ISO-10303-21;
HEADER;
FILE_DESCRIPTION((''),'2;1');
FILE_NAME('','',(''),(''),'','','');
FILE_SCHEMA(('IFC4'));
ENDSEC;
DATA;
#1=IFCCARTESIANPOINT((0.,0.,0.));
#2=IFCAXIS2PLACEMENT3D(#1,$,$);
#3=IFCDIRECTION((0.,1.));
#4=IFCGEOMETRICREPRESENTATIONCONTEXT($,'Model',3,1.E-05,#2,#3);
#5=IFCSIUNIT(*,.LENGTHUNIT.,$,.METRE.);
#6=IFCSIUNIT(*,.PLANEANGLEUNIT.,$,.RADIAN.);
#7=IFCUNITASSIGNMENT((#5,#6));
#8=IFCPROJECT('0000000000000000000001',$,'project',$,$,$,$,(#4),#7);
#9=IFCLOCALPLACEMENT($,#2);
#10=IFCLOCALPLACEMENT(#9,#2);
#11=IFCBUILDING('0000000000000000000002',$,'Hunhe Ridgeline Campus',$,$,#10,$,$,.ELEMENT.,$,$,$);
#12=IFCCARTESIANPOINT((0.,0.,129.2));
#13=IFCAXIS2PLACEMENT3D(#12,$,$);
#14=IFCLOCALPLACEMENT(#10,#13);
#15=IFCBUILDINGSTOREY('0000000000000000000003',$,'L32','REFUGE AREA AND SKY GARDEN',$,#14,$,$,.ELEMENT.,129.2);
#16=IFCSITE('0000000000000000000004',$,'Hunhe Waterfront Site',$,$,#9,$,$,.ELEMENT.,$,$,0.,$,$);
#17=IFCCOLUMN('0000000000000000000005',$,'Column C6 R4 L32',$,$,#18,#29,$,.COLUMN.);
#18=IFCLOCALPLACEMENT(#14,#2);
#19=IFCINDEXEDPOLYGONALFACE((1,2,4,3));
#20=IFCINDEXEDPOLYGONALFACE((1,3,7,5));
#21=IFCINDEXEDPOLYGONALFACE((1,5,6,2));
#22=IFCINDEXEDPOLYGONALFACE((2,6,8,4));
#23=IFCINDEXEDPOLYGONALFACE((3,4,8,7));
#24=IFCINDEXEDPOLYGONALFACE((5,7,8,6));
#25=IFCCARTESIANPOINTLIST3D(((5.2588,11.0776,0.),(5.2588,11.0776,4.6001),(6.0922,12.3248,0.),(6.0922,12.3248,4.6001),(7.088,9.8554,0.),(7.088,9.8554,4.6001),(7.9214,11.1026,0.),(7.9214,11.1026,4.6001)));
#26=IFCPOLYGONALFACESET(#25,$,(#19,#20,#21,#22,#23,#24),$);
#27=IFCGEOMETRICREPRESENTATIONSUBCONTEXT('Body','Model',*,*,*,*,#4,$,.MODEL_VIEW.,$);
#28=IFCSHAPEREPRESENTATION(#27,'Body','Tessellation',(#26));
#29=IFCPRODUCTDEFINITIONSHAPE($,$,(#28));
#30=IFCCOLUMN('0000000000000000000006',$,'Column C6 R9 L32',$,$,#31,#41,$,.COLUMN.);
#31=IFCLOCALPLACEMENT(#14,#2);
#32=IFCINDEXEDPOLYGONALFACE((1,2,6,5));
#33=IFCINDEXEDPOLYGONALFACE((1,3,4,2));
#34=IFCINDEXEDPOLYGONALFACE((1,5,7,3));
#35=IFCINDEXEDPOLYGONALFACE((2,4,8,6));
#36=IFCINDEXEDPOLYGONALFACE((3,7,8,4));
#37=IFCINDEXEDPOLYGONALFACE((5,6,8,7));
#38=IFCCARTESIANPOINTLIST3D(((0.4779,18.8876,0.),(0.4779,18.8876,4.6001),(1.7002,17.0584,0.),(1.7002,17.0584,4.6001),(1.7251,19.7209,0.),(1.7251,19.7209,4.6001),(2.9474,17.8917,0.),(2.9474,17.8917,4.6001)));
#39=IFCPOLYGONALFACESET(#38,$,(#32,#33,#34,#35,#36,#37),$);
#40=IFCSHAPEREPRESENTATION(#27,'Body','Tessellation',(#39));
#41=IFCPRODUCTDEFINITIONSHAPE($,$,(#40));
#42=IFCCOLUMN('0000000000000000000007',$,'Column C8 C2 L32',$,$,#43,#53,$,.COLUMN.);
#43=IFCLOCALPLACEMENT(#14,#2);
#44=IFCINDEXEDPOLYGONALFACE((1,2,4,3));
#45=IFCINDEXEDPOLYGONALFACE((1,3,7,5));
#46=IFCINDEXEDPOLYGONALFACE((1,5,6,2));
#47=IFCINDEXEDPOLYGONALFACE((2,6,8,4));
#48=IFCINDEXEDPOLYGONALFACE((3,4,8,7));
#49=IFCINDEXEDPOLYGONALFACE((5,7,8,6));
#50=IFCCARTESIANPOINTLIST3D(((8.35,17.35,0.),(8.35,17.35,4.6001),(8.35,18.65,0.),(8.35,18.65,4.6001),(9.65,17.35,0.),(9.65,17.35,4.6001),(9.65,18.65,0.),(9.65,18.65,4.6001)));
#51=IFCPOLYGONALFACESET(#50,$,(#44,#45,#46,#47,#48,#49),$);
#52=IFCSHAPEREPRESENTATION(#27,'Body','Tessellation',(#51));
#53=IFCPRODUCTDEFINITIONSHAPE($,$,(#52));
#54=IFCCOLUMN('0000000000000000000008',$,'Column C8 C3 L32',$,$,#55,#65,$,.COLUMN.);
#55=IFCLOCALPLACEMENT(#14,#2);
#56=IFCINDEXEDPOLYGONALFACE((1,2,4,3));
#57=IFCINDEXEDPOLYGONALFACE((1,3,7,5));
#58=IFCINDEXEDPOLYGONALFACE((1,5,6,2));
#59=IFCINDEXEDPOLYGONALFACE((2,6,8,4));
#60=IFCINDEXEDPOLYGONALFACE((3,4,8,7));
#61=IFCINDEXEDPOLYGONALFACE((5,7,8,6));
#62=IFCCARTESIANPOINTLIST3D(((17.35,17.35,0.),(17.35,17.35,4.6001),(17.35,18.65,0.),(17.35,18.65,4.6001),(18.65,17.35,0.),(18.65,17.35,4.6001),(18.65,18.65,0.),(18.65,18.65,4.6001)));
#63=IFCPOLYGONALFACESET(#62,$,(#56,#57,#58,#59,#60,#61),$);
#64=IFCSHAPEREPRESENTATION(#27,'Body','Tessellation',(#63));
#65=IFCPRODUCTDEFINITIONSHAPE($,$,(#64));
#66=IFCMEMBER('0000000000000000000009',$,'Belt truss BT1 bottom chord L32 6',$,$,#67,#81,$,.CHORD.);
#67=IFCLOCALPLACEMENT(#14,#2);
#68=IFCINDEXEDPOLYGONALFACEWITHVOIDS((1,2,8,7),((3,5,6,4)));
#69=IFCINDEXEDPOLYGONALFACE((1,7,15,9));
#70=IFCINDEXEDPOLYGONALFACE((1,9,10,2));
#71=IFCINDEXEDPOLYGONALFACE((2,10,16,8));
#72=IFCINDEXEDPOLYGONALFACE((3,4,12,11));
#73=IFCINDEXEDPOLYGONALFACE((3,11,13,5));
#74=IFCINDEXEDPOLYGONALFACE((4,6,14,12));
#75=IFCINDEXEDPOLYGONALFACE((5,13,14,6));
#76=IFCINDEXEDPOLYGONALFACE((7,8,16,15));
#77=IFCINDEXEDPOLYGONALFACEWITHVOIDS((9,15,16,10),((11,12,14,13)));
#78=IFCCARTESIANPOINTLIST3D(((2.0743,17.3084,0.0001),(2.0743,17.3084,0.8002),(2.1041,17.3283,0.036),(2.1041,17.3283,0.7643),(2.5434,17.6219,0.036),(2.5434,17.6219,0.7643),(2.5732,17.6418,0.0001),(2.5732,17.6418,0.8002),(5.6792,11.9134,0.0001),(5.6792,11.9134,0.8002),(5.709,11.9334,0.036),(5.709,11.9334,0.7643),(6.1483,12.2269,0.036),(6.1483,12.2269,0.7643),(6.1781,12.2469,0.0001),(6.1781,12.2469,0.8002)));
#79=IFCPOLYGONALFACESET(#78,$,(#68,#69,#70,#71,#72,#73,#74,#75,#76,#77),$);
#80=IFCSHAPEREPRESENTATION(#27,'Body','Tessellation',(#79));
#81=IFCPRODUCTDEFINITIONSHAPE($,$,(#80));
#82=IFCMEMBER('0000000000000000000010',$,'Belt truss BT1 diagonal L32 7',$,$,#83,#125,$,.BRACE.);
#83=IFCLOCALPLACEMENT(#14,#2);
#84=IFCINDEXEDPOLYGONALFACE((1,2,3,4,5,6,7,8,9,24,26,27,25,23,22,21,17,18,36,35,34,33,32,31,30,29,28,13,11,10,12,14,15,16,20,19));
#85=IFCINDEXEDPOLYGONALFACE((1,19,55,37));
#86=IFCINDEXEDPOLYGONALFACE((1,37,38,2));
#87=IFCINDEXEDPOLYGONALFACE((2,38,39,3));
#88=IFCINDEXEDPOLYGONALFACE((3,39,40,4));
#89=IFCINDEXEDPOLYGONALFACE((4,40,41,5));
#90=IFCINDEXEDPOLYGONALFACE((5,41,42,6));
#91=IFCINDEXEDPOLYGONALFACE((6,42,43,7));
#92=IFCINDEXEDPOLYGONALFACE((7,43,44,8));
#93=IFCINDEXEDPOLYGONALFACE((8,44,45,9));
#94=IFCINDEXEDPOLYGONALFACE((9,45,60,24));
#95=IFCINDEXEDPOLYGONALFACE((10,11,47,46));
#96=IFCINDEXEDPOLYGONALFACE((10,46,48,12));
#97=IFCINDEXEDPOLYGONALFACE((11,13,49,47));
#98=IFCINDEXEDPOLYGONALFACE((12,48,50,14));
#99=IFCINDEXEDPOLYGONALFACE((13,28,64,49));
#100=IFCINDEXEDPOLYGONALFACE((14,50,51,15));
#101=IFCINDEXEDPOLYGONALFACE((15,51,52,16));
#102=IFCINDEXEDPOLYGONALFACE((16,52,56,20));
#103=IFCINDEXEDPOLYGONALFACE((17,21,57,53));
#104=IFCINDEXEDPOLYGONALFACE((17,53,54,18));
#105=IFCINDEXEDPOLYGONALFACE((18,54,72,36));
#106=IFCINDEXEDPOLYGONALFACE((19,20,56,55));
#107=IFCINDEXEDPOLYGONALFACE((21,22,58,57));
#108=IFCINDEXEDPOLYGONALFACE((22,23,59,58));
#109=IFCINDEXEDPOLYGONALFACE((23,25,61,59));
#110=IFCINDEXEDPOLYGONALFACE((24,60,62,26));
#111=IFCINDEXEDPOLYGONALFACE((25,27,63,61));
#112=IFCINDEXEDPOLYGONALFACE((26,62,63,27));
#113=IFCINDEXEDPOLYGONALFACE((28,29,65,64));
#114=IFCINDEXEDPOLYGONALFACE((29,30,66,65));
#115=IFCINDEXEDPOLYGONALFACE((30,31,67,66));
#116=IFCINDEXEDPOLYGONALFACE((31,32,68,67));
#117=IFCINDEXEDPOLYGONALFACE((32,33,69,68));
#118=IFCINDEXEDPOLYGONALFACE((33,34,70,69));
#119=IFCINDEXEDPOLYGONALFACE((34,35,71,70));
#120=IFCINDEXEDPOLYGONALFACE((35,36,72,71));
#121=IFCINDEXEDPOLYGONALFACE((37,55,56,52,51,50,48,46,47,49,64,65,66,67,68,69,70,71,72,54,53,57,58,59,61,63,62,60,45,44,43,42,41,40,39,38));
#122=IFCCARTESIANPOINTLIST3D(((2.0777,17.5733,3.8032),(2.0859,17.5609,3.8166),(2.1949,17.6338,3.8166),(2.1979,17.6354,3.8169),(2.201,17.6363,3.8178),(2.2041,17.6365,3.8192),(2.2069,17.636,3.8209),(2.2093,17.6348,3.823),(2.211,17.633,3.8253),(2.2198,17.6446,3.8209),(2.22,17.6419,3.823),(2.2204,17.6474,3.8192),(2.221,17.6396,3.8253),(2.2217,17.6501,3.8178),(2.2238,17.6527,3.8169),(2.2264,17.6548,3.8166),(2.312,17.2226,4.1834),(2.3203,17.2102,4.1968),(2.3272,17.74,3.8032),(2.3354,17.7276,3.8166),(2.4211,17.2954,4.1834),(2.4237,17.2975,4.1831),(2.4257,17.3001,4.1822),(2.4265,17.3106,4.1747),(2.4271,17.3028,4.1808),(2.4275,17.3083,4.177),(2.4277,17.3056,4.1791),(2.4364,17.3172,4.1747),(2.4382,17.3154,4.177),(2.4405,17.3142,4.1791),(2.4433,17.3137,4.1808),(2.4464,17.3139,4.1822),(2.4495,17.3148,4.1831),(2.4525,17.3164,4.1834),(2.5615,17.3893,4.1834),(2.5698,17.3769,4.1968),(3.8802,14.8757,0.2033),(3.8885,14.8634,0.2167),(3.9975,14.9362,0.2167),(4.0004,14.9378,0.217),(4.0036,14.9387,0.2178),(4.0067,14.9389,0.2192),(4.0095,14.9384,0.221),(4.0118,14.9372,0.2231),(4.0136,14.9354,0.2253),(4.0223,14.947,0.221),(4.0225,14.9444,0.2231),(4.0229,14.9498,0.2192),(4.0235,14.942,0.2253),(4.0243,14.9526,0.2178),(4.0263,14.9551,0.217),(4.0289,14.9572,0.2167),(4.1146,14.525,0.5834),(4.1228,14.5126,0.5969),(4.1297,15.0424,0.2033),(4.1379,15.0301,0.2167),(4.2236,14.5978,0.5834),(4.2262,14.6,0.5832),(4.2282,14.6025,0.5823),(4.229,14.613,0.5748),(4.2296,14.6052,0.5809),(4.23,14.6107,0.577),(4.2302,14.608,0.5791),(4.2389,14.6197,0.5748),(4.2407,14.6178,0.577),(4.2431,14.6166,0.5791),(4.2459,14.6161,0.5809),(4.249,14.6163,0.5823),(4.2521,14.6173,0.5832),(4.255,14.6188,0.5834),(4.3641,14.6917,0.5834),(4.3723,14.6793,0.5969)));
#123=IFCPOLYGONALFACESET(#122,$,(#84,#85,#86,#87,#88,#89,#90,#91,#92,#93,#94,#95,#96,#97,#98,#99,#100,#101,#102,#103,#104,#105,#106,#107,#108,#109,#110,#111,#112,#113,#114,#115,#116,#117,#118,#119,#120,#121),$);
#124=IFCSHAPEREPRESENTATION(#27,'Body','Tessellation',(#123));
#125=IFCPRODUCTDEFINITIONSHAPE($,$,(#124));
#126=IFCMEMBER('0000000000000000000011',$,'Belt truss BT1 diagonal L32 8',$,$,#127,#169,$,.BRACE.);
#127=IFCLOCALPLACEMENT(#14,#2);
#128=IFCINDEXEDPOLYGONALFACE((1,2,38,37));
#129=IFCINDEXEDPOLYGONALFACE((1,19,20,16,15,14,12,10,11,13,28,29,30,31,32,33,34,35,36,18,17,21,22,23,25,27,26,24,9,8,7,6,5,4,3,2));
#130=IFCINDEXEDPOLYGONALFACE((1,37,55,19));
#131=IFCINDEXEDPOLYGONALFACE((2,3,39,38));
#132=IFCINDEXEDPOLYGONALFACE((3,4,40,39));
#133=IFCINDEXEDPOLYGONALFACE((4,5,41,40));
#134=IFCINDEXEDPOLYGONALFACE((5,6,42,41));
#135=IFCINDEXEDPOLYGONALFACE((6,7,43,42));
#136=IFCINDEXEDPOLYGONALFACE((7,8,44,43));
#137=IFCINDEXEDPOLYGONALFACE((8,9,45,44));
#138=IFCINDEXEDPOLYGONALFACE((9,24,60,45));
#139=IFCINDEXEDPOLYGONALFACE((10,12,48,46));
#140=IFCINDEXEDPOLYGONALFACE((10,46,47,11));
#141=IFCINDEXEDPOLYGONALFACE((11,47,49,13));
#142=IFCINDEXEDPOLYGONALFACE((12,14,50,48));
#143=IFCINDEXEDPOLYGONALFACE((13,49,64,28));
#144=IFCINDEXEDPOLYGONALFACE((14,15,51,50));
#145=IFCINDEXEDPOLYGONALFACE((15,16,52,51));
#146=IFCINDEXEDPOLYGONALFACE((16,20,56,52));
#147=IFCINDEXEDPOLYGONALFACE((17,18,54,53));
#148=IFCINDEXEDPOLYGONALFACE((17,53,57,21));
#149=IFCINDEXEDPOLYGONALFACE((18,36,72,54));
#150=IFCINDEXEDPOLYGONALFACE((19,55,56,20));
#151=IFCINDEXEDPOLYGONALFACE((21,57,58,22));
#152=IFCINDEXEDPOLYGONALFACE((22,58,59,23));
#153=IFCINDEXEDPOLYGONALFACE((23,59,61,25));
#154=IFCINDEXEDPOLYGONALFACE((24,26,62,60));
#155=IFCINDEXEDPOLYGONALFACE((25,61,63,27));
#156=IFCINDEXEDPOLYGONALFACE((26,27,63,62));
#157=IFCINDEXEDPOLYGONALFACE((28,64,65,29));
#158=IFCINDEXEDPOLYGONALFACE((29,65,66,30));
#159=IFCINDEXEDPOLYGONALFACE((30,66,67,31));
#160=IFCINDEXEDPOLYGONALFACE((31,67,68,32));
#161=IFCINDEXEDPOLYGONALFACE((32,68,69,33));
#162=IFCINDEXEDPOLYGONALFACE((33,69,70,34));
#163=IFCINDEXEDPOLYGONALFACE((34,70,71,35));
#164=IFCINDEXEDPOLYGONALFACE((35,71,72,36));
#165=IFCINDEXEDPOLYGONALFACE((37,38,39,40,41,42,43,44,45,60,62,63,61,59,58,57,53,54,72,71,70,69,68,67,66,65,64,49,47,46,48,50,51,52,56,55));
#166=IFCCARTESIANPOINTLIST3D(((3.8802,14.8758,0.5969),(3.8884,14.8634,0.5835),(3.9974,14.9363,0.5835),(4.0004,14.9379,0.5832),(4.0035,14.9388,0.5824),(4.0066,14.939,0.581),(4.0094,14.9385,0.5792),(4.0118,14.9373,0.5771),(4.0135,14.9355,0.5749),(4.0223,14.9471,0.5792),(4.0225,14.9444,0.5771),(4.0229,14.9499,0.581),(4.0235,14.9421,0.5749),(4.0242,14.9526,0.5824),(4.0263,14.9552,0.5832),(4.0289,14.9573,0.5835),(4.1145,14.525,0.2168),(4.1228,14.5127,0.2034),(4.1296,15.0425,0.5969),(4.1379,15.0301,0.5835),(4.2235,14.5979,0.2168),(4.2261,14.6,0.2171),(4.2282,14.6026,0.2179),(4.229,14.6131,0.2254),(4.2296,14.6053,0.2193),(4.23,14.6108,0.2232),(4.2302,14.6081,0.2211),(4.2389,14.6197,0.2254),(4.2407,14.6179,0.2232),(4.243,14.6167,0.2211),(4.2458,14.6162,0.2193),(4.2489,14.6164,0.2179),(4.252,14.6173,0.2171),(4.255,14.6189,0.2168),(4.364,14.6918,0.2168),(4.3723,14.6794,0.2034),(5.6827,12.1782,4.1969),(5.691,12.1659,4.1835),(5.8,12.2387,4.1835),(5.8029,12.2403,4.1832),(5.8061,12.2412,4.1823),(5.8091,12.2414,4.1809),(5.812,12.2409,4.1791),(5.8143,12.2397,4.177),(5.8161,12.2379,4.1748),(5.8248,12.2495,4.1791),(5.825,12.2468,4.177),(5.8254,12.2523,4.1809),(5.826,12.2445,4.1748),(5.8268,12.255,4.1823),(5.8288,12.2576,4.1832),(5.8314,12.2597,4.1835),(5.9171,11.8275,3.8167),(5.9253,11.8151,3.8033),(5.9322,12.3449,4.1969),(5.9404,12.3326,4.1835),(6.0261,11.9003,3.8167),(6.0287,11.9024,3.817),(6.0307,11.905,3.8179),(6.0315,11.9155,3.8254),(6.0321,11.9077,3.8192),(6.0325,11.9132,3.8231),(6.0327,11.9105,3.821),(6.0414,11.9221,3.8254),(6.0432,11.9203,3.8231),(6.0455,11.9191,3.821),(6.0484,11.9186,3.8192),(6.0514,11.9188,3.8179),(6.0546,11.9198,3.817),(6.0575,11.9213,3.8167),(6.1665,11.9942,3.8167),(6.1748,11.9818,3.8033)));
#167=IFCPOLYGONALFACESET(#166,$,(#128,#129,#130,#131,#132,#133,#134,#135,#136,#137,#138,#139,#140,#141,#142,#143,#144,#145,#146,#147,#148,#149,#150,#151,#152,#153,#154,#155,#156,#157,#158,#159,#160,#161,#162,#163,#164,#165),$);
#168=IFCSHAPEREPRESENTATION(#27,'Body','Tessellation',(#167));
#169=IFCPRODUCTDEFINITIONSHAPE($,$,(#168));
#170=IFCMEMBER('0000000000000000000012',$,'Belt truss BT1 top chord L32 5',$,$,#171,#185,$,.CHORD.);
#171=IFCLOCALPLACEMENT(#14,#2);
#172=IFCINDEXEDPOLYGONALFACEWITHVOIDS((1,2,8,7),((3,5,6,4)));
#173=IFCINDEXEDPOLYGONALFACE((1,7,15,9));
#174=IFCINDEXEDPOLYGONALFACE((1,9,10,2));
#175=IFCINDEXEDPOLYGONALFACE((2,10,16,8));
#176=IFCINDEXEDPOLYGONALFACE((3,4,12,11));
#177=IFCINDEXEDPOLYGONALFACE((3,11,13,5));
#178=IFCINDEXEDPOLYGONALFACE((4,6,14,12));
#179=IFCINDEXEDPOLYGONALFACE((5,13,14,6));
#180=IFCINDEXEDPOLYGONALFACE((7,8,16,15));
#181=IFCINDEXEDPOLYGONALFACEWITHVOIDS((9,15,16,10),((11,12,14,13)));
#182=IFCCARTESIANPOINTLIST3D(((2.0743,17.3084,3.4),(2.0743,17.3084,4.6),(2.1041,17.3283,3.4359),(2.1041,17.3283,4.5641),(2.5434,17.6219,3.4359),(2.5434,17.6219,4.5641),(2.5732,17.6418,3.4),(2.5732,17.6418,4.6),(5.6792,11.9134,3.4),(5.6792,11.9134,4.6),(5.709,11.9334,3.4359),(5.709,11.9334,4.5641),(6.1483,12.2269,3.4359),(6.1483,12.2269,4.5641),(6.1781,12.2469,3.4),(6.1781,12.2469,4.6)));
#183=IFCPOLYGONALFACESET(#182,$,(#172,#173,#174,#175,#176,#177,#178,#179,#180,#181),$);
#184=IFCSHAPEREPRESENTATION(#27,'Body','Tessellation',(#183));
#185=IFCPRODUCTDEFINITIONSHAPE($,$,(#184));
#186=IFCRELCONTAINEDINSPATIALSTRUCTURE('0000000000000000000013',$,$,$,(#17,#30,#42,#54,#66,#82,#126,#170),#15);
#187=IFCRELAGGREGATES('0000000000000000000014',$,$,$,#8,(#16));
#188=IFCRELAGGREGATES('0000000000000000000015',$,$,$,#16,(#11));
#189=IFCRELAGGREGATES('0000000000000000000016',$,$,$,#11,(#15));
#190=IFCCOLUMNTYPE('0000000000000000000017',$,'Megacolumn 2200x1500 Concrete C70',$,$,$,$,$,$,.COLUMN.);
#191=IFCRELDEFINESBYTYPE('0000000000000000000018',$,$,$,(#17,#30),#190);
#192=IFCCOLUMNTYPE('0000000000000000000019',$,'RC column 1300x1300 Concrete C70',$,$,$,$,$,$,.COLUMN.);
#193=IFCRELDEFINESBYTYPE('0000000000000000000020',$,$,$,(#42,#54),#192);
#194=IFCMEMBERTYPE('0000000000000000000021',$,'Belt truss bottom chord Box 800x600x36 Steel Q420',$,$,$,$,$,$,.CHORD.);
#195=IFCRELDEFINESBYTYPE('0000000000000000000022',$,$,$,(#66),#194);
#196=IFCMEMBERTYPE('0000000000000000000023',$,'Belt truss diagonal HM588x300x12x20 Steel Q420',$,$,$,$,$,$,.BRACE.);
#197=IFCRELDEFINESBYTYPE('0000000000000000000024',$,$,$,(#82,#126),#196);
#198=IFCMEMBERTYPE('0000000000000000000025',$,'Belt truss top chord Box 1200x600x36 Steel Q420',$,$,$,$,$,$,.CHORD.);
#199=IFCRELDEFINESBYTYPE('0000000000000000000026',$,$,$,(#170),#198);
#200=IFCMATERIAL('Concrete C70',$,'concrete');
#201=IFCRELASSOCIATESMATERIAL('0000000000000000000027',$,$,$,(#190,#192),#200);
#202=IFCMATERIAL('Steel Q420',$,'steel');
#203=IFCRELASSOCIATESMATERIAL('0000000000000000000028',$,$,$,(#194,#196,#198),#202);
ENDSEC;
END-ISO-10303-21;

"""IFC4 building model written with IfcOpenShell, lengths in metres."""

from ifc_helpers import new_model, si_unit, direction, frame, origin, origin_2d, place, context, subcontext, project, spatial, rectangle, hollow_rectangle, i_section, extrude, material, material_profile, profile_set, type_object, element, save


model = new_model("IFC4")

# Units and contexts
model_context = context("Model", 3, precision=1e-05, world=origin(), true_north=direction((0.0, 1.0)))
body_context = subcontext(model_context, "Body", "Model", "MODEL_VIEW")
ifc_project = project(units=[si_unit("LENGTHUNIT", "METRE"), si_unit("PLANEANGLEUNIT", "RADIAN")], contexts=[model_context])

# Site, building, storey
site_placement = place(None, origin())
site = spatial("IfcSite", under=ifc_project, at=site_placement, Name="Hunhe Waterfront Site", CompositionType="ELEMENT", RefElevation=0.0)
building_placement = place(site_placement, origin())
building = spatial("IfcBuilding", under=site, at=building_placement, Name="Hunhe Ridgeline Campus", CompositionType="ELEMENT")
storey_placement = place(building_placement, frame((0.0, 0.0, 129.2)))
storey = spatial("IfcBuildingStorey", under=building, at=storey_placement, Name="L32", Description="REFUGE AREA AND SKY GARDEN", CompositionType="ELEMENT", Elevation=129.2)

# Columns
ifc_material_1 = material(Name="Concrete C70", Category="concrete")
ifc_material_profile_1 = material_profile(ifc_material_1, rectangle(XDim=2.2, YDim=1.5, at=origin_2d()))
ifc_profile_set_1 = profile_set([ifc_material_profile_1], Name="Concrete C70")
column_type_1 = type_object("IfcColumnType", Name="Megacolumn 2200x1500 Concrete C70", PredefinedType="COLUMN", material=ifc_profile_set_1)
for number, where, z_axis, x_axis, name in (
    (1, (6.5901, 11.0901, 0.0), (0.0, 0.0, 1.0), (-0.83147, 0.55557, 0.0), "Column C6 R4 L32"),
    (2, (1.7126, 18.3896, 0.0), (0.0, 0.0, 1.0), (-0.55557, 0.83147, 0.0), "Column C6 R9 L32"),
):
    element("IfcColumn", number, at=place(storey_placement, frame(where, z_axis=z_axis, x_axis=x_axis)), inside=storey, type_object=column_type_1, Name=name, PredefinedType="COLUMN", context=body_context, shape_type="SweptSolid", body=[
        extrude(rectangle(XDim=2.2, YDim=1.5, at=origin_2d()), origin(), (0.0, 0.0, 1.0), 4.6001),
    ])
ifc_material_profile_2 = material_profile(ifc_material_1, rectangle(XDim=1.3, YDim=1.3, at=origin_2d()))
ifc_profile_set_2 = profile_set([ifc_material_profile_2], Name="Concrete C70")
column_type_2 = type_object("IfcColumnType", Name="RC column 1300x1300 Concrete C70", PredefinedType="COLUMN", material=ifc_profile_set_2)
for number, where, z_axis, x_axis, name in (
    (3, (9.0, 18.0, 0.0), (0.0, 0.0, 1.0), (1.0, 0.0, 0.0), "Column C8 C2 L32"),
    (4, (18.0, 18.0, 0.0), (0.0, 0.0, 1.0), (1.0, 0.0, 0.0), "Column C8 C3 L32"),
):
    element("IfcColumn", number, at=place(storey_placement, frame(where, z_axis=z_axis, x_axis=x_axis)), inside=storey, type_object=column_type_2, Name=name, PredefinedType="COLUMN", context=body_context, shape_type="SweptSolid", body=[
        extrude(rectangle(XDim=1.3, YDim=1.3, at=origin_2d()), origin(), (0.0, 0.0, 1.0), 4.6001),
    ])

# Members
ifc_material_2 = material(Name="Steel Q420", Category="steel")
ifc_material_profile_3 = material_profile(ifc_material_2, hollow_rectangle(XDim=0.6001, YDim=0.8, WallThickness=0.0359, at=origin_2d()))
ifc_profile_set_3 = profile_set([ifc_material_profile_3], Name="Steel Q420")
member_type_1 = type_object("IfcMemberType", Name="Belt truss bottom chord Box 800x600x36 Steel Q420", PredefinedType="CHORD", material=ifc_profile_set_3)
member_1_placement = place(storey_placement, frame((2.3237, 17.4751, 0.4001), z_axis=(0.555586, -0.831459, 0.0), x_axis=(0.831459, 0.555586, 0.0)))
element("IfcMember", 5, at=member_1_placement, inside=storey, type_object=member_type_1, Name="Belt truss BT1 bottom chord L32 6", PredefinedType="CHORD", context=body_context, shape_type="SweptSolid", body=[
    extrude(hollow_rectangle(XDim=0.6001, YDim=0.8, WallThickness=0.0359, at=origin_2d()), origin(), (0.0, 0.0, 1.0), 6.4885),
])
ifc_material_profile_4 = material_profile(ifc_material_2, i_section(OverallWidth=0.3, OverallDepth=0.5879, WebThickness=0.012, FlangeThickness=0.02, FilletRadius=0.0129, at=origin_2d()))
ifc_profile_set_4 = profile_set([ifc_material_profile_4], Name="Steel Q420")
member_type_2 = type_object("IfcMemberType", Name="Belt truss diagonal HM588x300x12x20 Steel Q420", PredefinedType="BRACE", material=ifc_profile_set_4)
for number, where, z_axis, x_axis, name in (
    (6, (2.3237, 17.4751, 4.0), (0.371948, -0.556638, -0.742838), (0.831459, 0.555586, 0.0), "Belt truss BT1 diagonal L32 7"),
    (7, (4.1262, 14.7776, 0.4001), (0.371948, -0.556638, 0.742838), (0.831459, 0.555586, 0.0), "Belt truss BT1 diagonal L32 8"),
):
    element("IfcMember", number, at=place(storey_placement, frame(where, z_axis=z_axis, x_axis=x_axis)), inside=storey, type_object=member_type_2, Name=name, PredefinedType="BRACE", context=body_context, shape_type="SweptSolid", body=[
        extrude(i_section(OverallWidth=0.3, OverallDepth=0.5879, WebThickness=0.012, FlangeThickness=0.02, FilletRadius=0.0129, at=origin_2d()), origin(), (0.0, 0.0, 1.0), 4.8462),
    ])
ifc_material_profile_5 = material_profile(ifc_material_2, hollow_rectangle(XDim=0.6001, YDim=1.2, WallThickness=0.0359, at=origin_2d()))
ifc_profile_set_5 = profile_set([ifc_material_profile_5], Name="Steel Q420")
member_type_3 = type_object("IfcMemberType", Name="Belt truss top chord Box 1200x600x36 Steel Q420", PredefinedType="CHORD", material=ifc_profile_set_5)
member_2_placement = place(storey_placement, frame((2.3237, 17.4751, 4.0), z_axis=(0.555586, -0.831459, 0.0), x_axis=(0.831459, 0.555586, 0.0)))
element("IfcMember", 8, at=member_2_placement, inside=storey, type_object=member_type_3, Name="Belt truss BT1 top chord L32 5", PredefinedType="CHORD", context=body_context, shape_type="SweptSolid", body=[
    extrude(hollow_rectangle(XDim=0.6001, YDim=1.2, WallThickness=0.0359, at=origin_2d()), origin(), (0.0, 0.0, 1.0), 6.4885),
])

save(model, "model.ifc")
